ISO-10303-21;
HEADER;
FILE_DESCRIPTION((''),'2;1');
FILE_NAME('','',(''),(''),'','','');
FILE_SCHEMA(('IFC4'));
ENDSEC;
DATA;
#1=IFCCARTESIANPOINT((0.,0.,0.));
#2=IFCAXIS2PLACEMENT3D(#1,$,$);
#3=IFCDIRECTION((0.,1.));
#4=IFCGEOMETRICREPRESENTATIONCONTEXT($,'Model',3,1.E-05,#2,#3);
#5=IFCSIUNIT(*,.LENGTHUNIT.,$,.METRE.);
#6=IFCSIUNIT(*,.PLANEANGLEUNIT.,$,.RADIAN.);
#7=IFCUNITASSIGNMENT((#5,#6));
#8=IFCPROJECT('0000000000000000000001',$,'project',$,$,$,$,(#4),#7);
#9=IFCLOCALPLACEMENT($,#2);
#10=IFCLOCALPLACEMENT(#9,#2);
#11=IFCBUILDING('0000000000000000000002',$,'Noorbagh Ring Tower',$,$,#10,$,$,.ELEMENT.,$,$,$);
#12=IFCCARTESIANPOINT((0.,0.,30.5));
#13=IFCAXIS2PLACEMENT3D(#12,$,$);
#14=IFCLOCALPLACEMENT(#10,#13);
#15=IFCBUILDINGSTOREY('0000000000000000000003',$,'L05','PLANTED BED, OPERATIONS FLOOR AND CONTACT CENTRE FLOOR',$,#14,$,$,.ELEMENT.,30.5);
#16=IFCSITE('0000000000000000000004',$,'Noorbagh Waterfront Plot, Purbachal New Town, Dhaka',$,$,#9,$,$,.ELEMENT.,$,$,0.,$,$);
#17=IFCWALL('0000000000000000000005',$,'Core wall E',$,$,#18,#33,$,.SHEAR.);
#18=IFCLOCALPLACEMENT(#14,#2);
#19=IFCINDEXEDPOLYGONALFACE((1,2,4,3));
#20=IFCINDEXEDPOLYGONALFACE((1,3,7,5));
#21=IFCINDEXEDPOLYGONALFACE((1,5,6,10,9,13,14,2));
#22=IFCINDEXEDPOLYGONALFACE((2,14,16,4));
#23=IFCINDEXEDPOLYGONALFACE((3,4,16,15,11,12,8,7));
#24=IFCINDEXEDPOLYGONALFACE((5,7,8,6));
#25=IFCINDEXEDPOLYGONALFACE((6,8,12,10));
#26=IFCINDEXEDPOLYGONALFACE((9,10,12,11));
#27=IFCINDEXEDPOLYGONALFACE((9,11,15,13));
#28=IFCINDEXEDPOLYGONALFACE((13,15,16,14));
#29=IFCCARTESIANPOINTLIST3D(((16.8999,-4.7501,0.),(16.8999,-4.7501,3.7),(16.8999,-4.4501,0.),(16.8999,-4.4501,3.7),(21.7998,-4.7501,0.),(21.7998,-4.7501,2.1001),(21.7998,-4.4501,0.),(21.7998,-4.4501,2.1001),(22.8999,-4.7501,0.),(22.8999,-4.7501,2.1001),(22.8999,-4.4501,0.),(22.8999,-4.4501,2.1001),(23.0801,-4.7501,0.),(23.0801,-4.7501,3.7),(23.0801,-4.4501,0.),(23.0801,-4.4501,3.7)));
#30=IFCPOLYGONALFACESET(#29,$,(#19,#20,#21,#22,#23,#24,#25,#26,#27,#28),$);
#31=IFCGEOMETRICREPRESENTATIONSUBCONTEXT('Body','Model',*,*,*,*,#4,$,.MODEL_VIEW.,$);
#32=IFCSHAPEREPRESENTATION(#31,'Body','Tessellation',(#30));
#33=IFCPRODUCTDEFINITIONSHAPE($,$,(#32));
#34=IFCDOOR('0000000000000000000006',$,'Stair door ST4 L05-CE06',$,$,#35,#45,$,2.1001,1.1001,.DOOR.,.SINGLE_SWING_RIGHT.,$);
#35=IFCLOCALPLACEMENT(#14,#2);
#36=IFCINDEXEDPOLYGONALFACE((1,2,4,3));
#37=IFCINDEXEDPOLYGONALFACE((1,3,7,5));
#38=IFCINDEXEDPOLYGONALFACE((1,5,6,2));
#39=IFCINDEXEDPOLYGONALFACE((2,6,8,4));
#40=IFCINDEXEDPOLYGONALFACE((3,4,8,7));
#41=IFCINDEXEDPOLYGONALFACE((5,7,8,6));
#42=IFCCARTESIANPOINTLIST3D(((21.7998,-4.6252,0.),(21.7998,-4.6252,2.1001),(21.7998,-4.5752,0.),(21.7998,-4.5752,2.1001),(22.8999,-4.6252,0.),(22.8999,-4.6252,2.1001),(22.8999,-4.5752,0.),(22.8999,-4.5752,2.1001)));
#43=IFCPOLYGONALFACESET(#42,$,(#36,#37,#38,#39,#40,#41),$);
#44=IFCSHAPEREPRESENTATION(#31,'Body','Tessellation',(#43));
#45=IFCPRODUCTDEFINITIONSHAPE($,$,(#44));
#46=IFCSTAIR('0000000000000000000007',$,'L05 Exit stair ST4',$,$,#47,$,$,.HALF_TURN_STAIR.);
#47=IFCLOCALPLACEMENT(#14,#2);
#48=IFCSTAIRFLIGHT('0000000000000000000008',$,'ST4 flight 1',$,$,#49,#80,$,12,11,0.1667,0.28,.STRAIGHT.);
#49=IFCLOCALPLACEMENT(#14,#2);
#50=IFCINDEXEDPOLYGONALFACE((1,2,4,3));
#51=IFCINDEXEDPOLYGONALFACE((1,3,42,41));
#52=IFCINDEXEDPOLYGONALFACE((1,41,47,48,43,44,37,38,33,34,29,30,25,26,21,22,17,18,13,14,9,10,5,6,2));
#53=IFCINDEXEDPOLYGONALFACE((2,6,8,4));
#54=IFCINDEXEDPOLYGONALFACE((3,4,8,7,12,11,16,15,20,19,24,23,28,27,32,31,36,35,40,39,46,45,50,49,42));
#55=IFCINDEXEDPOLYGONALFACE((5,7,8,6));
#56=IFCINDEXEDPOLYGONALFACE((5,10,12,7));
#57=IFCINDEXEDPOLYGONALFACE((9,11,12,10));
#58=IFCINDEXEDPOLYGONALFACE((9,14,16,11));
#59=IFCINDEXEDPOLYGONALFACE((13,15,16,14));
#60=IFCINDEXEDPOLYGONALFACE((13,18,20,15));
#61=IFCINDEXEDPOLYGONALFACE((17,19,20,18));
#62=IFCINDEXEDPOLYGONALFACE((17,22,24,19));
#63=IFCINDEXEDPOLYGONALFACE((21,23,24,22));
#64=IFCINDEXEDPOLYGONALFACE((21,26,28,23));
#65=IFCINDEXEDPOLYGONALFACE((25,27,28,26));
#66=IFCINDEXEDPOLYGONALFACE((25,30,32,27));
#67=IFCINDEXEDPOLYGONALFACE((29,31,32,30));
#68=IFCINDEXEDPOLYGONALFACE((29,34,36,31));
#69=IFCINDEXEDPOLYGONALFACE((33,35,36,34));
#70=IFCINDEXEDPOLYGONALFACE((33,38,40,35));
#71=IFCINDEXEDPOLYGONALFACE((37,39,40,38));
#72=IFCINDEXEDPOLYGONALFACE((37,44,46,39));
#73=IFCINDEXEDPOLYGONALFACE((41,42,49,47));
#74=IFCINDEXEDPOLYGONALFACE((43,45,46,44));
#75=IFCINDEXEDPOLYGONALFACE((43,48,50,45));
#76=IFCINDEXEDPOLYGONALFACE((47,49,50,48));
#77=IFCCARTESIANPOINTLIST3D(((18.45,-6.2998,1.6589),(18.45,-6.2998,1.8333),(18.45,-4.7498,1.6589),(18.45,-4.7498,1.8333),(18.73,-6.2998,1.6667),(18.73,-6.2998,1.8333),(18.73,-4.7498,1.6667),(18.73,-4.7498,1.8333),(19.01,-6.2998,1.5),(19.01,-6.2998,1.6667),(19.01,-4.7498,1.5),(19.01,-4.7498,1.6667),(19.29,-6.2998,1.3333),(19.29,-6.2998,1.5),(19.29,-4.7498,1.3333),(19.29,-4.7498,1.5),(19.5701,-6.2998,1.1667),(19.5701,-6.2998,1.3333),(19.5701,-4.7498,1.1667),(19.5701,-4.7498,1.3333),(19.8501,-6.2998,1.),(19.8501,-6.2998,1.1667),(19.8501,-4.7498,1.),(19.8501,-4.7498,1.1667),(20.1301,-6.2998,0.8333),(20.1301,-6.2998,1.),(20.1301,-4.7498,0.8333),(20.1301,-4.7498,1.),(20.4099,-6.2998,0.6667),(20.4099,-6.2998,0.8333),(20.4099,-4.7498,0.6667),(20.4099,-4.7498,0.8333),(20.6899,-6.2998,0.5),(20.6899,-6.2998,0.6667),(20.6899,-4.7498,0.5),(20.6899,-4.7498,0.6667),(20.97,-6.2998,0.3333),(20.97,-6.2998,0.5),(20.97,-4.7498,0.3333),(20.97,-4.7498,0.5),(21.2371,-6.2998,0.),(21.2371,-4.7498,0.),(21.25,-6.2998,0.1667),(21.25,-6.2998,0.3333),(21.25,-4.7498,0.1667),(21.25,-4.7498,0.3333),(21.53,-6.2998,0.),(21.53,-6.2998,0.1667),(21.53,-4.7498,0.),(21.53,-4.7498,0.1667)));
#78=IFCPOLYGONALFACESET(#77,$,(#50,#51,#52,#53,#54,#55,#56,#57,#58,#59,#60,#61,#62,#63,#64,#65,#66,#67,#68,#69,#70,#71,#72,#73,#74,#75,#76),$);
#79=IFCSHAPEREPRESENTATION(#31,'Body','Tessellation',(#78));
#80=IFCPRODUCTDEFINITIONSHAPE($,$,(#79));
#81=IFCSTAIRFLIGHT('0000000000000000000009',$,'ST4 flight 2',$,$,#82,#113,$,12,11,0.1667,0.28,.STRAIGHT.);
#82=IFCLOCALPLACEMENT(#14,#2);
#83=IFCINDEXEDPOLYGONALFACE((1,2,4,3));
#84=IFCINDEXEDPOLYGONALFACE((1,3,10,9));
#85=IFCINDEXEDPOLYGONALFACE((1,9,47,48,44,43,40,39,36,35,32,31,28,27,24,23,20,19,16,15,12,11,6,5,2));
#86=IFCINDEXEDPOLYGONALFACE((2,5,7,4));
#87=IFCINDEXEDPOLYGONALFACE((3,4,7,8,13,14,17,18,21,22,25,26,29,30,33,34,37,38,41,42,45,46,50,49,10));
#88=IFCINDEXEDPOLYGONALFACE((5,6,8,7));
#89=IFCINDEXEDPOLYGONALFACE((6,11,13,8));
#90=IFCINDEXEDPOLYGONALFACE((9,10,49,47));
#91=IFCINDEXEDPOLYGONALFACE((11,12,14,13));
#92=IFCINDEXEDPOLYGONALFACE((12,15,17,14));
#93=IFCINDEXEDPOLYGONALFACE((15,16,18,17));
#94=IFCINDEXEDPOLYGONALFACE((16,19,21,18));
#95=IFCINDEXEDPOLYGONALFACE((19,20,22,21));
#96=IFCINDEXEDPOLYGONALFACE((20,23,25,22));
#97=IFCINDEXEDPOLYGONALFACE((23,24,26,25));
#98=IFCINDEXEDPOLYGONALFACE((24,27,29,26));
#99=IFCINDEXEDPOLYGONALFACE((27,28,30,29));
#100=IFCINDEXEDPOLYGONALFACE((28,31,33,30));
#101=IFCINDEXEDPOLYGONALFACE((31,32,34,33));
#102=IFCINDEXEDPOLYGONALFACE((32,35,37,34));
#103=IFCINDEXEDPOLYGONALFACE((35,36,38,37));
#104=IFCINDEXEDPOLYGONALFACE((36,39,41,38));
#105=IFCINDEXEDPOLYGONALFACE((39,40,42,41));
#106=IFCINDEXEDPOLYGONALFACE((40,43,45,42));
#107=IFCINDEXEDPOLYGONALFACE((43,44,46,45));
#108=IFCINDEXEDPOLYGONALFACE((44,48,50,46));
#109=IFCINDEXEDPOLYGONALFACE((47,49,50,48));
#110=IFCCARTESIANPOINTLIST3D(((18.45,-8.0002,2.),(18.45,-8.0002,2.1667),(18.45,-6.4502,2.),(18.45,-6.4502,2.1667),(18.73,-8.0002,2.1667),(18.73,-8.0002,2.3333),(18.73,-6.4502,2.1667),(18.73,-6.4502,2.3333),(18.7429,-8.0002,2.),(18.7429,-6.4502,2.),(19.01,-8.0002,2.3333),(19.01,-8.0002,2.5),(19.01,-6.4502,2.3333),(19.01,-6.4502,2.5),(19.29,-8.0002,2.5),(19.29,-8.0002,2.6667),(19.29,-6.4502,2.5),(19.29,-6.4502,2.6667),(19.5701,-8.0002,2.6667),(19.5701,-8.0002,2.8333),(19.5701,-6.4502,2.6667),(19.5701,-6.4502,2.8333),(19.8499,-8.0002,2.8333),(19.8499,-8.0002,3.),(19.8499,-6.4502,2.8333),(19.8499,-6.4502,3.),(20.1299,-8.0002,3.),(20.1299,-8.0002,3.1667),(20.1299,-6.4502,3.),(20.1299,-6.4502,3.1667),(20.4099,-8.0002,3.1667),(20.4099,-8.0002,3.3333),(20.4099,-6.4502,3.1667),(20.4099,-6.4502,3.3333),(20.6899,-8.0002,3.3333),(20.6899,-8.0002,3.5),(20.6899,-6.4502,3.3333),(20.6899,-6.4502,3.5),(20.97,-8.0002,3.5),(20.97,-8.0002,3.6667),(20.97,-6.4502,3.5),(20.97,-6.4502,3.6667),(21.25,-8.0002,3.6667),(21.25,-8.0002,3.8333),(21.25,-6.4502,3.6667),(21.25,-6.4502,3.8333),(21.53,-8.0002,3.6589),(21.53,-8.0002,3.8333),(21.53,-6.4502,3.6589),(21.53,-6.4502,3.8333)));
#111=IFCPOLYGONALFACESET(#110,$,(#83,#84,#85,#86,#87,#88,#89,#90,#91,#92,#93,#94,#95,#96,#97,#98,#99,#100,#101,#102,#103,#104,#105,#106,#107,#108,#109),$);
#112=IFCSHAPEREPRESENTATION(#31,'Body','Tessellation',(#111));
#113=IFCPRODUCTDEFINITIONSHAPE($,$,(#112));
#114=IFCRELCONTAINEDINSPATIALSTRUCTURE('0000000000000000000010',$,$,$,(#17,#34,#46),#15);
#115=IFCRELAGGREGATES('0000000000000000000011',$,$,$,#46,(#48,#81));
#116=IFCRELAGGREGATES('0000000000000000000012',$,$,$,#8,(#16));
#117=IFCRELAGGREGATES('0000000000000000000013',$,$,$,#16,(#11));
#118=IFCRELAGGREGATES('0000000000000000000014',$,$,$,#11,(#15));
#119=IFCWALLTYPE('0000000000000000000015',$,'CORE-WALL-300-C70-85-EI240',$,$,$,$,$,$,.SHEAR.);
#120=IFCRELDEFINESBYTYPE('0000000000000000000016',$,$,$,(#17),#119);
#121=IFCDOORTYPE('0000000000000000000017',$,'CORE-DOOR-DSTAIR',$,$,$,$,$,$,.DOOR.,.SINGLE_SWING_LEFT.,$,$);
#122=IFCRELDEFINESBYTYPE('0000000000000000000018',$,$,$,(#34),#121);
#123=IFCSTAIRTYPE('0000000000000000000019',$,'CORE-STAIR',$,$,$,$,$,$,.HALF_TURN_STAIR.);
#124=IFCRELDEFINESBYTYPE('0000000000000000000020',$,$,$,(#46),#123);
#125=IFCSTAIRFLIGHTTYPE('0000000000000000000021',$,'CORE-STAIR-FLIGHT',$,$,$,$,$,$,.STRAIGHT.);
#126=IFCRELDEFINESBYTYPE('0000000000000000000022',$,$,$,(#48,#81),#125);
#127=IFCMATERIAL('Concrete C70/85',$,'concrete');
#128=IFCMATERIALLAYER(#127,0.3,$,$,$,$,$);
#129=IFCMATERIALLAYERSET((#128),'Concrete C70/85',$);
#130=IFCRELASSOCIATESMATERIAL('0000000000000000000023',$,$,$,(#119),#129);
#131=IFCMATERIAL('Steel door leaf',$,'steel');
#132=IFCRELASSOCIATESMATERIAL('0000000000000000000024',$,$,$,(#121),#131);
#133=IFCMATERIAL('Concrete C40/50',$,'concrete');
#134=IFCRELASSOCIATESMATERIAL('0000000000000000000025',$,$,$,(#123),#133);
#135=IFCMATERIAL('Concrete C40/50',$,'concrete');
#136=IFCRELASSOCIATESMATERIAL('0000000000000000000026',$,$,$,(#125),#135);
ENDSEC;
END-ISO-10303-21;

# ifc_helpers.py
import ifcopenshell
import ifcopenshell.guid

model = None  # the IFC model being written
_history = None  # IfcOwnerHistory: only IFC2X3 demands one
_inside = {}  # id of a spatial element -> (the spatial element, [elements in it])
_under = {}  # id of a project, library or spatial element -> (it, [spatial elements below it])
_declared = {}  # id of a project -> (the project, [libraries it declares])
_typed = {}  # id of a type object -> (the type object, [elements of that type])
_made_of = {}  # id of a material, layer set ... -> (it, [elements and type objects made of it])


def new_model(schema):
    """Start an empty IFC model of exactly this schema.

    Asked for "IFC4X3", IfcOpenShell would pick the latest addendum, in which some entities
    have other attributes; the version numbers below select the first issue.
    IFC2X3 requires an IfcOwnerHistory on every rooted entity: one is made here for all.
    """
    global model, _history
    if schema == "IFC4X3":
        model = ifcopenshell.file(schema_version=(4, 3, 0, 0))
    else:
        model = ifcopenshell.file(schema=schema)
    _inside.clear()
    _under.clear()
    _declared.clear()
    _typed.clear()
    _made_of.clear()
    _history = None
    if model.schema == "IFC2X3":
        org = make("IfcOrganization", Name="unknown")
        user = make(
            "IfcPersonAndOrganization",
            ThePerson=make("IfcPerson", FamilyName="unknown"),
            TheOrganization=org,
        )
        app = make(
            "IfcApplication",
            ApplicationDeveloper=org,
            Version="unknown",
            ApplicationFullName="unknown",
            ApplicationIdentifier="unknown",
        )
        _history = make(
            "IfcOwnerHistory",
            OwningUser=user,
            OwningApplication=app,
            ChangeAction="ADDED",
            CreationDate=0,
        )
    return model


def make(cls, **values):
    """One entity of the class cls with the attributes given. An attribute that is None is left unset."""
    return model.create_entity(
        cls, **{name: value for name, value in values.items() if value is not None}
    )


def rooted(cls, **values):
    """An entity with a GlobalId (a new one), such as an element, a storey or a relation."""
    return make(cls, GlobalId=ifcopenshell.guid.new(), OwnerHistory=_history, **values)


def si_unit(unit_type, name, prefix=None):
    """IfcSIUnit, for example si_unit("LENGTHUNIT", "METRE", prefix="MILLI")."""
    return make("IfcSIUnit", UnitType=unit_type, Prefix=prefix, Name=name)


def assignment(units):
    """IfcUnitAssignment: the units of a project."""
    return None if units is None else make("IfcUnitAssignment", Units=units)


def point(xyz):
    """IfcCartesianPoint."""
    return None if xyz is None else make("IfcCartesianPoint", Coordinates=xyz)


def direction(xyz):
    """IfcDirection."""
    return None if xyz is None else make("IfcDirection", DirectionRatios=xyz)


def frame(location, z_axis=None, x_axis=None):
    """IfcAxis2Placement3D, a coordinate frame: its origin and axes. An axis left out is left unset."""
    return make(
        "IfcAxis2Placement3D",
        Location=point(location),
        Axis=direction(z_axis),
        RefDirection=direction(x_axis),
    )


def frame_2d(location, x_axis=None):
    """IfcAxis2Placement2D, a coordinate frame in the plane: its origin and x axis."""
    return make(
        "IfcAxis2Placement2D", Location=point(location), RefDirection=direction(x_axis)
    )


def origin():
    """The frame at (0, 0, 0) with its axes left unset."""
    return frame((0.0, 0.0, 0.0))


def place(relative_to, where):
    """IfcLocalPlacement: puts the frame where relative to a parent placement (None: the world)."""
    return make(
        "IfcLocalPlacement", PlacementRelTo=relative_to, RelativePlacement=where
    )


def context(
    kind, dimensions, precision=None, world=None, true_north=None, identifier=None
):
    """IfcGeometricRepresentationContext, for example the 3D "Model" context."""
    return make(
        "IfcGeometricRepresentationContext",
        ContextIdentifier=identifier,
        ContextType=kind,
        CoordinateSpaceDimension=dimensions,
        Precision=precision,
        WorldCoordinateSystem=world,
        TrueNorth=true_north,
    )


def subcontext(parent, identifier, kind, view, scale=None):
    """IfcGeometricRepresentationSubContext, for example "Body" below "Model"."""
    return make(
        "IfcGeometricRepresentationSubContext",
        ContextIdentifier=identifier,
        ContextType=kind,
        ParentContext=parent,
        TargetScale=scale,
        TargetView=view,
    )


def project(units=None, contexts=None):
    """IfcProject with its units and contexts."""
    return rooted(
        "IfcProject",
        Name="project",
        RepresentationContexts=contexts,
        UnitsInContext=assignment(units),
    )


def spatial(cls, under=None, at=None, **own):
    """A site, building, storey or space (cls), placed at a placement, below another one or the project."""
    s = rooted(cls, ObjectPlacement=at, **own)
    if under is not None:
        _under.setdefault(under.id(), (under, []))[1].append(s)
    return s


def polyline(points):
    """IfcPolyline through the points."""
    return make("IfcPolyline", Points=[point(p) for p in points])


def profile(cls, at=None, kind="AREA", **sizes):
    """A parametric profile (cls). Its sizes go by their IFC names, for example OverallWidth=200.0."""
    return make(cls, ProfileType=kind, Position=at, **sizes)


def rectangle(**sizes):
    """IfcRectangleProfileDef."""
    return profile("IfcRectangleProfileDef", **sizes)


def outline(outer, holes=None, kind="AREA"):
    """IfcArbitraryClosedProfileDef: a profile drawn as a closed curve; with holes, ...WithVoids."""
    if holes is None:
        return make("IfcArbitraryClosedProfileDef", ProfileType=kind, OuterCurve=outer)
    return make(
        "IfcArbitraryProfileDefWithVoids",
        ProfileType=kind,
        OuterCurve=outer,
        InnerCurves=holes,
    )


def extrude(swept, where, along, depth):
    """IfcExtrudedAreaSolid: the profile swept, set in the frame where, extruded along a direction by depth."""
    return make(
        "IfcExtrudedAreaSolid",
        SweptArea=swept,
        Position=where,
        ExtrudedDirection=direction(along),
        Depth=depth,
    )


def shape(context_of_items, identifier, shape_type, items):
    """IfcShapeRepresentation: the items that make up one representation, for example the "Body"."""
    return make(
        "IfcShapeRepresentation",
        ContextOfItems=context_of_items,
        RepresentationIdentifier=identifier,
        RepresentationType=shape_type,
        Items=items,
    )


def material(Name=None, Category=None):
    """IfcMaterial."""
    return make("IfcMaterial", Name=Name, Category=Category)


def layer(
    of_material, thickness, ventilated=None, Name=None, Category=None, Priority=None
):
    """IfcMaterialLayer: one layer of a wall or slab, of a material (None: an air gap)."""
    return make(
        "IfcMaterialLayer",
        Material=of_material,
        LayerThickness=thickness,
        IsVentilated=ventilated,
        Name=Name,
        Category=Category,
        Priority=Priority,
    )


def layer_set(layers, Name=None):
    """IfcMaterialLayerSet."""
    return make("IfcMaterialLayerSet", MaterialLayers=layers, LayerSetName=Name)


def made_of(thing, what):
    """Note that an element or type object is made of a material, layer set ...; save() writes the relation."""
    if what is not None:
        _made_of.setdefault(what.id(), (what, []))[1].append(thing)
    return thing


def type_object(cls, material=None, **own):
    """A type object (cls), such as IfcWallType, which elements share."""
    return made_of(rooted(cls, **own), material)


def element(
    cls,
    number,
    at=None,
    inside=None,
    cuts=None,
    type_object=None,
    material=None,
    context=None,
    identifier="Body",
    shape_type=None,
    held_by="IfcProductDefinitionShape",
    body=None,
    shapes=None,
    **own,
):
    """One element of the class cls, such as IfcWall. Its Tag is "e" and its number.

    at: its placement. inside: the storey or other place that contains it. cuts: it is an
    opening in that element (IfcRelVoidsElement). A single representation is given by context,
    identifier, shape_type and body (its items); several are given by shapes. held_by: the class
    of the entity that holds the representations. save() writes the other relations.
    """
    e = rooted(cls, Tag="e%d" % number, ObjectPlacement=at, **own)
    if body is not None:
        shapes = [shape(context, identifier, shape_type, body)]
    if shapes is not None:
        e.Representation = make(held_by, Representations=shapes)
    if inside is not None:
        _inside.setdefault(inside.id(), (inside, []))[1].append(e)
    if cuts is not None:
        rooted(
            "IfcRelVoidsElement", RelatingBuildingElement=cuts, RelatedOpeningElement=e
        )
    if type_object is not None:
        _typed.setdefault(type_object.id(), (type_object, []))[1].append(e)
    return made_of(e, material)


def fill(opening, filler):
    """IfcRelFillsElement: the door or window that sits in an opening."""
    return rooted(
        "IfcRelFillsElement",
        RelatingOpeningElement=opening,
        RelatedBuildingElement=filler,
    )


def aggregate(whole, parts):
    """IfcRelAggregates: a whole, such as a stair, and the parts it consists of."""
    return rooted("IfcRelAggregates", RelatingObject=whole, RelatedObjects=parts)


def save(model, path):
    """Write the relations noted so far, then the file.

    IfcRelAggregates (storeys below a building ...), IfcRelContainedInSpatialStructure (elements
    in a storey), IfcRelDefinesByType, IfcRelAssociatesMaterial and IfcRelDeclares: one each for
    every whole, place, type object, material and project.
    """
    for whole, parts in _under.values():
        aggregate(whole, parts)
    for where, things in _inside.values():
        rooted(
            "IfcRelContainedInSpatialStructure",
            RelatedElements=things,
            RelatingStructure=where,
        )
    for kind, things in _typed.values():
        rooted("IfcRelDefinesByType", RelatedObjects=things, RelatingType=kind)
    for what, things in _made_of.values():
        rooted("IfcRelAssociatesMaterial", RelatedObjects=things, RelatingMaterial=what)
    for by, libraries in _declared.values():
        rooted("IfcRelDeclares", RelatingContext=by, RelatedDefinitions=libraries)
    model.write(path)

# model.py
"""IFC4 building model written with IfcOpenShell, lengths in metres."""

from ifc_helpers import new_model, si_unit, direction, frame, frame_2d, origin, place, context, subcontext, project, spatial, polyline, rectangle, outline, extrude, material, layer, layer_set, type_object, element, fill, aggregate, save


model = new_model("IFC4")

# Units and contexts
model_context = context("Model", 3, precision=1e-05, world=origin(), true_north=direction((0.0, 1.0)))
body_context = subcontext(model_context, "Body", "Model", "MODEL_VIEW")
ifc_project = project(units=[si_unit("LENGTHUNIT", "METRE"), si_unit("PLANEANGLEUNIT", "RADIAN")], contexts=[model_context])

# Site, building, storey
site_placement = place(None, origin())
site = spatial("IfcSite", under=ifc_project, at=site_placement, Name="Noorbagh Waterfront Plot, Purbachal New Town, Dhaka", CompositionType="ELEMENT", RefElevation=0.0)
building_placement = place(site_placement, origin())
building = spatial("IfcBuilding", under=site, at=building_placement, Name="Noorbagh Ring Tower", CompositionType="ELEMENT")
storey_placement = place(building_placement, frame((0.0, 0.0, 30.5)))
storey = spatial("IfcBuildingStorey", under=building, at=storey_placement, Name="L05", Description="PLANTED BED, OPERATIONS FLOOR AND CONTACT CENTRE FLOOR", CompositionType="ELEMENT", Elevation=30.5)

# Shared definitions
ifc_material_1 = material(Name="Concrete C70/85", Category="concrete")
ifc_layer_1 = layer(ifc_material_1, 0.3)
ifc_layer_set_1 = layer_set([ifc_layer_1], Name="Concrete C70/85")
wall_type_1 = type_object("IfcWallType", Name="CORE-WALL-300-C70-85-EI240", PredefinedType="SHEAR", material=ifc_layer_set_1)

# Wall, opening, door
wall_1_placement = place(storey_placement, frame((16.8999, -4.6001, 0.0), z_axis=(0.0, 0.0, 1.0), x_axis=(1.0, 0.0, 0.0)))
wall_1 = element("IfcWall", 1, at=wall_1_placement, inside=storey, type_object=wall_type_1, Name="Core wall E", PredefinedType="SHEAR", context=body_context, shape_type="SweptSolid", body=[
    extrude(rectangle(XDim=6.1802, YDim=0.3, at=frame_2d((3.0901, 0.0))), origin(), (0.0, 0.0, 1.0), 3.7),
])
opening_1_placement = place(wall_1_placement, frame((4.8999, 0.0, 0.0)))
opening_1 = element("IfcOpeningElement", 2, at=opening_1_placement, cuts=wall_1, PredefinedType="OPENING", context=body_context, shape_type="SweptSolid", body=[
    extrude(rectangle(XDim=1.1001, YDim=2.1001, at=frame_2d((0.55, 1.05))), frame((0.0, 0.1602, 0.0), z_axis=(0.0, -1.0, 0.0), x_axis=(1.0, 0.0, 0.0)), (0.0, 0.0, 1.0), 0.3201),
])
ifc_material_2 = material(Name="Steel door leaf", Category="steel")
door_type_1 = type_object("IfcDoorType", Name="CORE-DOOR-DSTAIR", OperationType="SINGLE_SWING_LEFT", PredefinedType="DOOR", material=ifc_material_2)
door_1_placement = place(opening_1_placement, origin())
door_1 = element("IfcDoor", 3, at=door_1_placement, inside=storey, type_object=door_type_1, Name="Stair door ST4 L05-CE06", OperationType="SINGLE_SWING_RIGHT", OverallHeight=2.1001, OverallWidth=1.1001, PredefinedType="DOOR", context=body_context, shape_type="SweptSolid", body=[
    extrude(rectangle(XDim=1.1001, YDim=2.1001, at=frame_2d((0.55, 1.05))), frame((0.0, 0.0249, 0.0), z_axis=(0.0, -1.0, 0.0), x_axis=(1.0, 0.0, 0.0)), (0.0, 0.0, 1.0), 0.05),
])
fill(opening_1, door_1)

# Stair, stair flights
ifc_material_3 = material(Name="Concrete C40/50", Category="concrete")
stair_type = type_object("IfcStairType", Name="CORE-STAIR", PredefinedType="HALF_TURN_STAIR", material=ifc_material_3)
stair_placement = place(storey_placement, origin())
stair = element("IfcStair", 4, at=stair_placement, inside=storey, type_object=stair_type, Name="L05 Exit stair ST4", PredefinedType="HALF_TURN_STAIR")
ifc_material_4 = material(Name="Concrete C40/50", Category="concrete")
stair_flight_type = type_object("IfcStairFlightType", Name="CORE-STAIR-FLIGHT", PredefinedType="STRAIGHT", material=ifc_material_4)
stair_flight_1_placement = place(storey_placement, frame((21.53, -5.5249, 0.0), z_axis=(0.0, 0.0, 1.0), x_axis=(-1.0, 0.0, 0.0)))
stair_flight_1 = element("IfcStairFlight", 5, at=stair_flight_1_placement, type_object=stair_flight_type, Name="ST4 flight 1", NumberOfRisers=12, NumberOfTreads=11, PredefinedType="STRAIGHT", RiserHeight=0.1667, TreadLength=0.28, context=body_context, shape_type="SweptSolid", body=[
    extrude(outline(polyline([(0.0, 0.0), (0.0, 0.1667), (0.28, 0.1667), (0.28, 0.3333), (0.5601, 0.3333), (0.5601, 0.5), (0.8401, 0.5), (0.8401, 0.6667), (1.1201, 0.6667), (1.1201, 0.8333), (1.3999, 0.8333), (1.3999, 1.0), (1.6799, 1.0), (1.6799, 1.1667), (1.96, 1.1667), (1.96, 1.3333), (2.24, 1.3333), (2.24, 1.5), (2.52, 1.5), (2.52, 1.6667), (2.8, 1.6667), (2.8, 1.8333), (3.0801, 1.8333), (3.0801, 2.0), (3.0801, 1.6589), (0.293, 0.0), (0.0, 0.0)])), frame((0.0, 0.7749, 0.0), z_axis=(0.0, -1.0, 0.0), x_axis=(1.0, 0.0, 0.0)), (0.0, 0.0, 1.0), 1.55),
])
stair_flight_2_placement = place(storey_placement, frame((18.45, -7.2251, 2.0), z_axis=(0.0, 0.0, 1.0), x_axis=(1.0, 0.0, 0.0)))
stair_flight_2 = element("IfcStairFlight", 6, at=stair_flight_2_placement, type_object=stair_flight_type, Name="ST4 flight 2", NumberOfRisers=12, NumberOfTreads=11, PredefinedType="STRAIGHT", RiserHeight=0.1667, TreadLength=0.28, context=body_context, shape_type="SweptSolid", body=[
    extrude(outline(polyline([(0.0, 0.0), (0.0, 0.1667), (0.28, 0.1667), (0.28, 0.3333), (0.5601, 0.3333), (0.5601, 0.5), (0.8401, 0.5), (0.8401, 0.6667), (1.1201, 0.6667), (1.1201, 0.8333), (1.3999, 0.8333), (1.3999, 1.0), (1.6799, 1.0), (1.6799, 1.1667), (1.96, 1.1667), (1.96, 1.3333), (2.24, 1.3333), (2.24, 1.5), (2.52, 1.5), (2.52, 1.6667), (2.8, 1.6667), (2.8, 1.8333), (3.0801, 1.8333), (3.0801, 2.0), (3.0801, 1.6589), (0.293, 0.0), (0.0, 0.0)])), frame((0.0, 0.7749, 0.0), z_axis=(0.0, -1.0, 0.0), x_axis=(1.0, 0.0, 0.0)), (0.0, 0.0, 1.0), 1.55),
])
aggregate(stair, [stair_flight_1, stair_flight_2])

save(model, "model.ifc")
